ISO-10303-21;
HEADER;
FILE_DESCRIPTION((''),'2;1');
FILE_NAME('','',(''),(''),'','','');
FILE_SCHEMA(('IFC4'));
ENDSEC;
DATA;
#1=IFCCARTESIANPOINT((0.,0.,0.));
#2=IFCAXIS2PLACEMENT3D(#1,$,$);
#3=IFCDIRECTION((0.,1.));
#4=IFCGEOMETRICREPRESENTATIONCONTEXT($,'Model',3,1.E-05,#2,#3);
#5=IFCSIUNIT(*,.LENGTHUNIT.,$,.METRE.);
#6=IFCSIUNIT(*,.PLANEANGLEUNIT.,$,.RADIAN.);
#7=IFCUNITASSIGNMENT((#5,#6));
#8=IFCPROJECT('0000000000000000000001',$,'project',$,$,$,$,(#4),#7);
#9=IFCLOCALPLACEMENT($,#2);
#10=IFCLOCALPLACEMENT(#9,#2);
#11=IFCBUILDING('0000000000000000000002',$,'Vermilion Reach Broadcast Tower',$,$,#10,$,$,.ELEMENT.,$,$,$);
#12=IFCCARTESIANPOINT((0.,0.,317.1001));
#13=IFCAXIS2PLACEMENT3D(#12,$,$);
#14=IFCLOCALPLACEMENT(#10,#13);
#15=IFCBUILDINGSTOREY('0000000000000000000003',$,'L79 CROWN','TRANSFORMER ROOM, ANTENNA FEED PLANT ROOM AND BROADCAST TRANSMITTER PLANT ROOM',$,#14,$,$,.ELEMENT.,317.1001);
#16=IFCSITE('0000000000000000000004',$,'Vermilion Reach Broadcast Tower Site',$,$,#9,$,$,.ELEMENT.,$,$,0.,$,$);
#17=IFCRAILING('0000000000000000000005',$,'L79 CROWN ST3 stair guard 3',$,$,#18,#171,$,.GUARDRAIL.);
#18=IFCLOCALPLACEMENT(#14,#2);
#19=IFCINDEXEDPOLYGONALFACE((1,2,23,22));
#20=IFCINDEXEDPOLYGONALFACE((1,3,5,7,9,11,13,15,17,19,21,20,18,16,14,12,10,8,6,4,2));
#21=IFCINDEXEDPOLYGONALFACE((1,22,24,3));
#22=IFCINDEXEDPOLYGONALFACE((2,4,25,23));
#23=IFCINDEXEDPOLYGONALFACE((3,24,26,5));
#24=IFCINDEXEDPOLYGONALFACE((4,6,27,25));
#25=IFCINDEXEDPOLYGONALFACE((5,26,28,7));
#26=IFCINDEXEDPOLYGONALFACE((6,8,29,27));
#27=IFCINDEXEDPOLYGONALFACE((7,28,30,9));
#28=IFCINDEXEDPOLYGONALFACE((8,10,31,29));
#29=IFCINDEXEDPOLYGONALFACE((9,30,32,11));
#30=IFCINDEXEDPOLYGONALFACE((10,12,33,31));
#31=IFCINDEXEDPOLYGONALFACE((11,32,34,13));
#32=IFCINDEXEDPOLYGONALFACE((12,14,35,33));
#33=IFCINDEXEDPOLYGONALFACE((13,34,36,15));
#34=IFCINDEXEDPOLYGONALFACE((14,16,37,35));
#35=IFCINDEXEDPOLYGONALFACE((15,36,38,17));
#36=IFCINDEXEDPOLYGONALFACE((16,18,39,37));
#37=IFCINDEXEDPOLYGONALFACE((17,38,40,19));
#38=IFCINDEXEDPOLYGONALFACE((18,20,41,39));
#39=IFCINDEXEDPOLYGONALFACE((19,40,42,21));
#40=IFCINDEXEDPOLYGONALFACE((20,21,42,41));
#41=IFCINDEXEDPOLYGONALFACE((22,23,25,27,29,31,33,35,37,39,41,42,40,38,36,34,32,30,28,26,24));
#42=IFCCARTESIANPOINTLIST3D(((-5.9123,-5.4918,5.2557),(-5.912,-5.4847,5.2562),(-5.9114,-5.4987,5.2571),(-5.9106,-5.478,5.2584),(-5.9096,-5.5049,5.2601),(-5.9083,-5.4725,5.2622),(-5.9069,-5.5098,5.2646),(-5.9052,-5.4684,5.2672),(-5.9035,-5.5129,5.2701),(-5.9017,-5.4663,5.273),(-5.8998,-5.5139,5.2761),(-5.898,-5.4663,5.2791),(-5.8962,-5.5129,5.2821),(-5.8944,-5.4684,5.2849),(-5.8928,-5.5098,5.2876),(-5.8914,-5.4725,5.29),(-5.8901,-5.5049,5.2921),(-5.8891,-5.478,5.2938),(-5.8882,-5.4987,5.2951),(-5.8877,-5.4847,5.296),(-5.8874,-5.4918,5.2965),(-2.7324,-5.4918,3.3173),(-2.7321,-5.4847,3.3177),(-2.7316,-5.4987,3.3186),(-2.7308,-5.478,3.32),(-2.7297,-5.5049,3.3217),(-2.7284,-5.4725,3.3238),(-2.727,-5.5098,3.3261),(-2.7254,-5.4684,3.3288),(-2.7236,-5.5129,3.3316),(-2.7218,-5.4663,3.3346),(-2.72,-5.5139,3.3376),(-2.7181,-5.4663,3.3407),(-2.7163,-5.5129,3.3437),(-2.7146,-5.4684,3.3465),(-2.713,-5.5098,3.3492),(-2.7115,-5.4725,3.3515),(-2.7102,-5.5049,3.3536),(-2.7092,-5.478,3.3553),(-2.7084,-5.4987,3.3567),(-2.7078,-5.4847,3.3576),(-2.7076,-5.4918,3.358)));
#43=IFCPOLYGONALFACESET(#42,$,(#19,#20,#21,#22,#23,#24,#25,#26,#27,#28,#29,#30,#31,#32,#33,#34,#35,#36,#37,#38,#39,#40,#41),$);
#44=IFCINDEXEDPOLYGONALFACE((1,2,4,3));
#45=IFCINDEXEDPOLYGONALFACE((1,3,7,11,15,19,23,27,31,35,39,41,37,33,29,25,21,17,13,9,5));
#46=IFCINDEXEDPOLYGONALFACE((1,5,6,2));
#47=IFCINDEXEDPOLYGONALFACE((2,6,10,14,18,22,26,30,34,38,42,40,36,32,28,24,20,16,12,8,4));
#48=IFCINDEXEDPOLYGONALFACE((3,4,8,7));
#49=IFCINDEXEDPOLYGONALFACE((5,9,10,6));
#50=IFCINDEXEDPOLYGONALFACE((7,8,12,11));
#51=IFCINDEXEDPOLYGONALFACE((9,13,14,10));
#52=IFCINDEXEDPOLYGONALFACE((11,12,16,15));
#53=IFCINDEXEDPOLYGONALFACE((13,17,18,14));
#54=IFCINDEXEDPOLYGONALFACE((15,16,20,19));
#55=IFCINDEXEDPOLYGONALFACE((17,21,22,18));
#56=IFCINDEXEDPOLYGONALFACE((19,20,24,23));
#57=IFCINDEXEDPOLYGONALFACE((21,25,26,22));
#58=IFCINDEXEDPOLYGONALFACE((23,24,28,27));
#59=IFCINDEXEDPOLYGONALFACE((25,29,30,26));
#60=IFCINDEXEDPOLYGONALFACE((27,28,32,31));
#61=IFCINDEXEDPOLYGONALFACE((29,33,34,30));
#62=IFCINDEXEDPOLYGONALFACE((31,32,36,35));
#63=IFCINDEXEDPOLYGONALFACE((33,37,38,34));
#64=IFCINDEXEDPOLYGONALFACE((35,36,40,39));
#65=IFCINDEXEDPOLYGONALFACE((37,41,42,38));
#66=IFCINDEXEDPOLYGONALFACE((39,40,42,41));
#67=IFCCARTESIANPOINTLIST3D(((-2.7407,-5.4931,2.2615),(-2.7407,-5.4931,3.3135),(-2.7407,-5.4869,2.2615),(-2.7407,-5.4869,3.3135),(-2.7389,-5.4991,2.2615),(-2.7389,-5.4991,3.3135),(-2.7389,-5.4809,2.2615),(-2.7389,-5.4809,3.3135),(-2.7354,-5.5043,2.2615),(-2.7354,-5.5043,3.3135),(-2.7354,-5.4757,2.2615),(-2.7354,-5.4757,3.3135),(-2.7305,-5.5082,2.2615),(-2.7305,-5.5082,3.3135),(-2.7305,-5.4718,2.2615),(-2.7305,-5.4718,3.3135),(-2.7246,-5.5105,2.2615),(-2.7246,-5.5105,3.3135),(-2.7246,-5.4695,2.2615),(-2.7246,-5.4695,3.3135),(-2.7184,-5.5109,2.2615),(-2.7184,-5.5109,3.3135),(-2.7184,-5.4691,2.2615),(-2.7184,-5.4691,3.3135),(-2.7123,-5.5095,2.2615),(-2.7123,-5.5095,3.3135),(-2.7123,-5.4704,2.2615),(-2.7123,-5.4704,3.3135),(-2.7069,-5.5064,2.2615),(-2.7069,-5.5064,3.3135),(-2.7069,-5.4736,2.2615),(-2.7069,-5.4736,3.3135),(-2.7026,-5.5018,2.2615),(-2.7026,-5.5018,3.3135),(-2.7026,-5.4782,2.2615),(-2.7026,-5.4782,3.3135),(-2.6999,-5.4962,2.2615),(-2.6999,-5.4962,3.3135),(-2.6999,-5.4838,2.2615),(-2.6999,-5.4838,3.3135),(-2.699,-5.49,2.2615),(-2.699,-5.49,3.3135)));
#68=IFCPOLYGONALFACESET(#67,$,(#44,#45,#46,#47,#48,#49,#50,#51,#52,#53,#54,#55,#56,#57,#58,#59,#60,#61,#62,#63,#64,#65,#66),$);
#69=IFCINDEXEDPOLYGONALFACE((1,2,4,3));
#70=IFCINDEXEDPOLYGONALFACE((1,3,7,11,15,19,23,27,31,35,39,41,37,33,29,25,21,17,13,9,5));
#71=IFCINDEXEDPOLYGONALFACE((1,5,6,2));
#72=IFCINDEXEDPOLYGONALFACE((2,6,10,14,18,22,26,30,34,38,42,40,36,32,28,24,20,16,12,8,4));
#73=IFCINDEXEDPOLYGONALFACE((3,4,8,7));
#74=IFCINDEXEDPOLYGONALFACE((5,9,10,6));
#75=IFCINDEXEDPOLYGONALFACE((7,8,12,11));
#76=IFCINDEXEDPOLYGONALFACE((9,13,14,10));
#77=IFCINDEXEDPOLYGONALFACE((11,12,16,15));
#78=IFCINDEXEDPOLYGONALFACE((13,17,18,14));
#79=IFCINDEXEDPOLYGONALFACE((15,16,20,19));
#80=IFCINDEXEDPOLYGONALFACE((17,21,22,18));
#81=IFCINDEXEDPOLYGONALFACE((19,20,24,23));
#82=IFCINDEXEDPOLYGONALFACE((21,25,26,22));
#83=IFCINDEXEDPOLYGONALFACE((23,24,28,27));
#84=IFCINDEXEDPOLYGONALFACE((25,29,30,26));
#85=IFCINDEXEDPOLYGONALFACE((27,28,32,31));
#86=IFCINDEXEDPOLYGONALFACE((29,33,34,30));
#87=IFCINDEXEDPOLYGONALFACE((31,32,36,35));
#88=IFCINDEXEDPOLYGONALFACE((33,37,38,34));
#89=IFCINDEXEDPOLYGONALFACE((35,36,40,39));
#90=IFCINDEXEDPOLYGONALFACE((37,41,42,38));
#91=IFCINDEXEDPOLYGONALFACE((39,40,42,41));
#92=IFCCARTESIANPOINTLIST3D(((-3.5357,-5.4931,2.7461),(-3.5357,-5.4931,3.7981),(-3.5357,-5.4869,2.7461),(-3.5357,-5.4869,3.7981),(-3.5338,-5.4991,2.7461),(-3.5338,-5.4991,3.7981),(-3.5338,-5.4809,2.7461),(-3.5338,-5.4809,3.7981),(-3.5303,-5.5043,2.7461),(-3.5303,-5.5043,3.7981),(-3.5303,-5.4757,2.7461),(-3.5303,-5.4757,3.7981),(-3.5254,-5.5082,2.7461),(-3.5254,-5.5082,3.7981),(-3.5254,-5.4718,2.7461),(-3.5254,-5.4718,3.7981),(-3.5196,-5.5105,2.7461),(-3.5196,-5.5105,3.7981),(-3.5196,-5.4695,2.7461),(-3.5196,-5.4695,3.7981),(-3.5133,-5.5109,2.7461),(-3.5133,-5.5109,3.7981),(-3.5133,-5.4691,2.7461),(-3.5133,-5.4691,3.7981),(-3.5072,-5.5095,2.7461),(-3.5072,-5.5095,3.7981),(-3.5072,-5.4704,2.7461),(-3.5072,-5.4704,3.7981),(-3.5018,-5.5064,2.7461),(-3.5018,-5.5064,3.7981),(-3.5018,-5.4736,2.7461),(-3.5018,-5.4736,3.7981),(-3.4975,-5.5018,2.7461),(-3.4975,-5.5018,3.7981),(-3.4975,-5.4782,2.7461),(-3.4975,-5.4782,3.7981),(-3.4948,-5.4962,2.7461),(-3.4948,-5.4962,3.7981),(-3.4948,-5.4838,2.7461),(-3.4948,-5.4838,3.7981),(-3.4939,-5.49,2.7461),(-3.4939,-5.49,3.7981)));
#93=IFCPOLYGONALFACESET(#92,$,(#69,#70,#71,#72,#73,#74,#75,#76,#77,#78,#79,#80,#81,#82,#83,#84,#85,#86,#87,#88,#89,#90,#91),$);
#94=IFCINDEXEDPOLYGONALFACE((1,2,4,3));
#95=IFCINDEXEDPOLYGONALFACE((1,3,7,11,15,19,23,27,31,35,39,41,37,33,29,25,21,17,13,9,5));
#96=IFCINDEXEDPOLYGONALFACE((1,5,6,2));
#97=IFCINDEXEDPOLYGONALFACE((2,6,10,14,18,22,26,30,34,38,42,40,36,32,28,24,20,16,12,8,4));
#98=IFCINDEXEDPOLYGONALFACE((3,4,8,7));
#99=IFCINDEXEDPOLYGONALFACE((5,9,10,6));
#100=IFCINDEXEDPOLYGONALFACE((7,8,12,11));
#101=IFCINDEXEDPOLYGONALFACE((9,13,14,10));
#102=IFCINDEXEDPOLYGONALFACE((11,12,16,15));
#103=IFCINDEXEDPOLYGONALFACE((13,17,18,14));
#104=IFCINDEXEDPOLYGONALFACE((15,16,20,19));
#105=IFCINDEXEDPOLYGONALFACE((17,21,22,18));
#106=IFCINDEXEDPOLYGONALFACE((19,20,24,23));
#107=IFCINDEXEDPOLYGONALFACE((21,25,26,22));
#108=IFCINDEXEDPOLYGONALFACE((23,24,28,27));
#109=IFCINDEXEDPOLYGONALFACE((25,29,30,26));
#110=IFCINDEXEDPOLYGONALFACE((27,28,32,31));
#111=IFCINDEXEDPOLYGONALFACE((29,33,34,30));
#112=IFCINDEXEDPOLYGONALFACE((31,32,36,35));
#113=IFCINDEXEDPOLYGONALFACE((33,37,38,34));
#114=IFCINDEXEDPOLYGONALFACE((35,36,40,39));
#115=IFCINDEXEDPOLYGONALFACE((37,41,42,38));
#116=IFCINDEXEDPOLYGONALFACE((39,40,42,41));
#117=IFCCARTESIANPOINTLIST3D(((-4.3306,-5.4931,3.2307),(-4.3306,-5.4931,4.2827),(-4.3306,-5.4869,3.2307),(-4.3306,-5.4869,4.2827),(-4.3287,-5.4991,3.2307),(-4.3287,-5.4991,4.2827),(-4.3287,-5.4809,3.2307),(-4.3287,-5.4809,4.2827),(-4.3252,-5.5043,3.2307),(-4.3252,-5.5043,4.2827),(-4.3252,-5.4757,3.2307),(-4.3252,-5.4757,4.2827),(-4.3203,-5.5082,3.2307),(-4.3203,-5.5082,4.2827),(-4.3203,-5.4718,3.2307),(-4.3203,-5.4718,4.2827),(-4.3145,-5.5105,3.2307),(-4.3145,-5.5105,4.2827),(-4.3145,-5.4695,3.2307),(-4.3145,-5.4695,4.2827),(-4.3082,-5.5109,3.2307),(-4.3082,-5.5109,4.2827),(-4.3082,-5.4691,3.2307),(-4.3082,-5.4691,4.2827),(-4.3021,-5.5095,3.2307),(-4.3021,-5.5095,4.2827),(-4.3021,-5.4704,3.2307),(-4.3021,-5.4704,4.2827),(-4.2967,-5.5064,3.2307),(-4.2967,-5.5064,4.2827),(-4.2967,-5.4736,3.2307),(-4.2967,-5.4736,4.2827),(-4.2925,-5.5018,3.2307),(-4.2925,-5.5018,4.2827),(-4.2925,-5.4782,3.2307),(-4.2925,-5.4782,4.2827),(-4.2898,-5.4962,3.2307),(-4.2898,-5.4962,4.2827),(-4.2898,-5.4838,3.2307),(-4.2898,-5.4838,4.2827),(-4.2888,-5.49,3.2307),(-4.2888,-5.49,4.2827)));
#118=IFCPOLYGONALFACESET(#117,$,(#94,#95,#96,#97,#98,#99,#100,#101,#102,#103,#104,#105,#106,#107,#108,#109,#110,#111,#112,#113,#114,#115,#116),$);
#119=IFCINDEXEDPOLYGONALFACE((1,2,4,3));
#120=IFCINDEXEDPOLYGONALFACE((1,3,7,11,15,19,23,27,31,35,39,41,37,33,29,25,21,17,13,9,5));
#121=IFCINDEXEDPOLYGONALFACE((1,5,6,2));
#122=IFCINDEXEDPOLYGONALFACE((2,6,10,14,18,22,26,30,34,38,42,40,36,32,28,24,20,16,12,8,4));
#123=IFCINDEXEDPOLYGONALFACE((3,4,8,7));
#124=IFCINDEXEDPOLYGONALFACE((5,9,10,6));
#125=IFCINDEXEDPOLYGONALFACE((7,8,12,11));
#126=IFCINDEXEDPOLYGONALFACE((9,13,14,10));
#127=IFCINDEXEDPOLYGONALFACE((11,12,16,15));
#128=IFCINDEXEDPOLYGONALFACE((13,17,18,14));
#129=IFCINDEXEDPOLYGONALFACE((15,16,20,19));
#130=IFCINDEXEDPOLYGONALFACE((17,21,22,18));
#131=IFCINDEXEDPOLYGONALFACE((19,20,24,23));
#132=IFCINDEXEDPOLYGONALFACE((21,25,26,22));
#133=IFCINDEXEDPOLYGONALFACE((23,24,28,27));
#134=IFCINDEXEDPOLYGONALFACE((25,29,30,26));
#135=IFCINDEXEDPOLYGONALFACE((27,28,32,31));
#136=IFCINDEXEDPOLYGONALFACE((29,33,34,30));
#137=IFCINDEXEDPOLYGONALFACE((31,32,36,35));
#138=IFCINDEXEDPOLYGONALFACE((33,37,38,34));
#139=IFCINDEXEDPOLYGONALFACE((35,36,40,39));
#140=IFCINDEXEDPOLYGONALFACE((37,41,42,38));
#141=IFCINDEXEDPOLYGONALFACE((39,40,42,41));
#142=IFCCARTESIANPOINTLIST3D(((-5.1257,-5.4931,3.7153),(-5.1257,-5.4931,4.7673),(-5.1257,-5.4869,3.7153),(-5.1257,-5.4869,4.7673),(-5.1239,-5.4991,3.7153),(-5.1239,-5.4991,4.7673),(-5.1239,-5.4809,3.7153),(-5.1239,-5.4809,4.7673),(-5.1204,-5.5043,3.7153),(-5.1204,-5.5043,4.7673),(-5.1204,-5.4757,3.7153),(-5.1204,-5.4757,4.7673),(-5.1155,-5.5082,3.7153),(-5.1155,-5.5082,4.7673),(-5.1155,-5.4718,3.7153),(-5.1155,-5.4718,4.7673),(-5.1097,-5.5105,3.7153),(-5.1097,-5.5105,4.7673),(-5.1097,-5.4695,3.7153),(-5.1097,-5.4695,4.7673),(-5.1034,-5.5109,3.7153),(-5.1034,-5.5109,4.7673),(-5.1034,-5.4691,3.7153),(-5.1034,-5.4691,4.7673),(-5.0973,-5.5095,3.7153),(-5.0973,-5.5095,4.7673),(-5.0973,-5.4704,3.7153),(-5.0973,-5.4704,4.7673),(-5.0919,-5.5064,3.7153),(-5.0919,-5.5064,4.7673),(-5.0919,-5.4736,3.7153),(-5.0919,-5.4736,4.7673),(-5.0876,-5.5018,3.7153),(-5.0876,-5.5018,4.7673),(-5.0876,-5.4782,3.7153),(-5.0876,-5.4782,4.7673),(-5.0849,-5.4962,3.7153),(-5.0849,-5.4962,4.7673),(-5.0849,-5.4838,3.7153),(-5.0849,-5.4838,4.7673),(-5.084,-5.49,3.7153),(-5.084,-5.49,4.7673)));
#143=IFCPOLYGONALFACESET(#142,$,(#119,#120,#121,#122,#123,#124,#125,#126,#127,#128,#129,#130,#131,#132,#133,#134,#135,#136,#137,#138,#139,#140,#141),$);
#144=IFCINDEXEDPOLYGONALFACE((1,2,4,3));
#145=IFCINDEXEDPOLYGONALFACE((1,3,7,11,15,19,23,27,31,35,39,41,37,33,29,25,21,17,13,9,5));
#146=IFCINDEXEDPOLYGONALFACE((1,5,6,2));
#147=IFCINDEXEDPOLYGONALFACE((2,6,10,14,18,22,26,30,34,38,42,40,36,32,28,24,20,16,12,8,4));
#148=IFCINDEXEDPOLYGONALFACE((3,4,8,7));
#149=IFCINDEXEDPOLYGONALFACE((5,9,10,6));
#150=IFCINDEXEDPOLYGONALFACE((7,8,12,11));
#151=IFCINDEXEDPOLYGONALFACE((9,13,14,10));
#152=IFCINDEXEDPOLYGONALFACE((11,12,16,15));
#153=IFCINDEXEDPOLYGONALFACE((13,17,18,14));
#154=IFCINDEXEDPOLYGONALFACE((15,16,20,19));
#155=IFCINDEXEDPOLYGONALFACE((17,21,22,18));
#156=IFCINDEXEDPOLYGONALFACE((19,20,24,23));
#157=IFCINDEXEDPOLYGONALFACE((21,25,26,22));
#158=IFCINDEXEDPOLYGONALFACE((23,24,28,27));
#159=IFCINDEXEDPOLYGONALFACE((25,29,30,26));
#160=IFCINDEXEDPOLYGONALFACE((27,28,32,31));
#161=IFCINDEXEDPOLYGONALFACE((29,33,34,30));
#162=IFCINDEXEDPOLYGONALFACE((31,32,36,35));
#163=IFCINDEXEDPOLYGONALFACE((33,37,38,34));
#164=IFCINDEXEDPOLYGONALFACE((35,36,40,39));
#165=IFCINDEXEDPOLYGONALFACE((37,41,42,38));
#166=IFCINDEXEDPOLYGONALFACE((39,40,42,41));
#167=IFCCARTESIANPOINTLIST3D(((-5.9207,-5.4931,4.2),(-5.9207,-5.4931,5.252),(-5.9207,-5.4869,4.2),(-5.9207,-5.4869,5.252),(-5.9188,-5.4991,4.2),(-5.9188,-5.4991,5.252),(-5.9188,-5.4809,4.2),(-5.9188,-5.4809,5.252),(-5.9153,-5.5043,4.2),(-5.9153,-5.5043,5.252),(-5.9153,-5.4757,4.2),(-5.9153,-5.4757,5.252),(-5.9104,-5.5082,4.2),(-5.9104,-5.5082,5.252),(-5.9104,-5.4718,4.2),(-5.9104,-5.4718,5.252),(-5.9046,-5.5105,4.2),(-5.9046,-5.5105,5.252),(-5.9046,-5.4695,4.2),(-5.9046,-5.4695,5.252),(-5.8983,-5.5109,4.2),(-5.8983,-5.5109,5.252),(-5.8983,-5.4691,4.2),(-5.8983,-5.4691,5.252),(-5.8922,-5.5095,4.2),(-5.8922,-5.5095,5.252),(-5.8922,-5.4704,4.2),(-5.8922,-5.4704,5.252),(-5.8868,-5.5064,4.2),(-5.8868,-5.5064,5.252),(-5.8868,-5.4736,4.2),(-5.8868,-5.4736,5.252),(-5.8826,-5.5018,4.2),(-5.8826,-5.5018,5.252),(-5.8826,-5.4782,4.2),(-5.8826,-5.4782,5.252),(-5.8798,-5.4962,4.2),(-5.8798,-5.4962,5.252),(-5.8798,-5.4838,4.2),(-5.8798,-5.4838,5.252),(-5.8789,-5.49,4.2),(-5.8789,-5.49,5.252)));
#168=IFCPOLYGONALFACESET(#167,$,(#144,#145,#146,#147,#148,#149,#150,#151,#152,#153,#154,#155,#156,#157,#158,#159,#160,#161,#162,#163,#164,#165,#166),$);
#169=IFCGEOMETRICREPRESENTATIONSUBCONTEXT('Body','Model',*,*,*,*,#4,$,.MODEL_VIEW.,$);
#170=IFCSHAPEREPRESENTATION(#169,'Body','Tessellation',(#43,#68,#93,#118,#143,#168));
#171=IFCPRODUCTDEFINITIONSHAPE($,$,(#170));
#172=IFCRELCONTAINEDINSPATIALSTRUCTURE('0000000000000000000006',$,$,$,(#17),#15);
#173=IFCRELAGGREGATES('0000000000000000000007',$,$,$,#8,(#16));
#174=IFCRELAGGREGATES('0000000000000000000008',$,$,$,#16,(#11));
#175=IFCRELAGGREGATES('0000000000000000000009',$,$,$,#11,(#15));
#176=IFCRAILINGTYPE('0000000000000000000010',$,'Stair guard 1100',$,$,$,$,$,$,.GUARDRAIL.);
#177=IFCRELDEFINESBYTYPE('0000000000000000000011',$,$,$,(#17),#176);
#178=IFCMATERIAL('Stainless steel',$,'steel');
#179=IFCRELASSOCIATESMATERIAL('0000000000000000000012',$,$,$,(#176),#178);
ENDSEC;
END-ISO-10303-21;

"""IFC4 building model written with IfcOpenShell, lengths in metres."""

from ifc_helpers import new_model, si_unit, direction, frame, origin, origin_2d, place, context, subcontext, project, spatial, circle, extrude, material, type_object, element, save


model = new_model("IFC4")

# Units and contexts
model_context = context("Model", 3, precision=1e-05, world=origin(), true_north=direction((0.0, 1.0)))
body_context = subcontext(model_context, "Body", "Model", "MODEL_VIEW")
ifc_project = project(units=[si_unit("LENGTHUNIT", "METRE"), si_unit("PLANEANGLEUNIT", "RADIAN")], contexts=[model_context])

# Site, building, storey
site_placement = place(None, origin())
site = spatial("IfcSite", under=ifc_project, at=site_placement, Name="Vermilion Reach Broadcast Tower Site", CompositionType="ELEMENT", RefElevation=0.0)
building_placement = place(site_placement, origin())
building = spatial("IfcBuilding", under=site, at=building_placement, Name="Vermilion Reach Broadcast Tower", CompositionType="ELEMENT")
storey_placement = place(building_placement, frame((0.0, 0.0, 317.1001)))
storey = spatial("IfcBuildingStorey", under=building, at=storey_placement, Name="L79 CROWN", Description="TRANSFORMER ROOM, ANTENNA FEED PLANT ROOM AND BROADCAST TRANSMITTER PLANT ROOM", CompositionType="ELEMENT", Elevation=317.1001)

# Railing
ifc_material_1 = material(Name="Stainless steel", Category="steel")
railing_type_1 = type_object("IfcRailingType", Name="Stair guard 1100", PredefinedType="GUARDRAIL", material=ifc_material_1)
railing_1_placement = place(storey_placement, frame((-2.72, -5.49, 2.2615)))
element("IfcRailing", 1, at=railing_1_placement, inside=storey, type_object=railing_type_1, Name="L79 CROWN ST3 stair guard 3", PredefinedType="GUARDRAIL", context=body_context, shape_type="SweptSolid", body=[
    extrude(circle(Radius=0.0239, at=origin_2d()), frame((0.0, 0.0, 1.0762), z_axis=(-0.853857, 0.0, 0.520508), x_axis=(0.0, -1.0, 0.0)), (0.0, 0.0, 1.0), 3.7241),
    extrude(circle(Radius=0.021, at=origin_2d()), origin(), (0.0, 0.0, 1.0), 1.052),
    extrude(circle(Radius=0.021, at=origin_2d()), frame((-0.7949, 0.0, 0.4846)), (0.0, 0.0, 1.0), 1.052),
    extrude(circle(Radius=0.021, at=origin_2d()), frame((-1.5898, 0.0, 0.9692)), (0.0, 0.0, 1.0), 1.052),
    extrude(circle(Radius=0.021, at=origin_2d()), frame((-2.385, 0.0, 1.4539)), (0.0, 0.0, 1.0), 1.052),
    extrude(circle(Radius=0.021, at=origin_2d()), frame((-3.1799, 0.0, 1.9385)), (0.0, 0.0, 1.0), 1.052),
])

save(model, "model.ifc")
